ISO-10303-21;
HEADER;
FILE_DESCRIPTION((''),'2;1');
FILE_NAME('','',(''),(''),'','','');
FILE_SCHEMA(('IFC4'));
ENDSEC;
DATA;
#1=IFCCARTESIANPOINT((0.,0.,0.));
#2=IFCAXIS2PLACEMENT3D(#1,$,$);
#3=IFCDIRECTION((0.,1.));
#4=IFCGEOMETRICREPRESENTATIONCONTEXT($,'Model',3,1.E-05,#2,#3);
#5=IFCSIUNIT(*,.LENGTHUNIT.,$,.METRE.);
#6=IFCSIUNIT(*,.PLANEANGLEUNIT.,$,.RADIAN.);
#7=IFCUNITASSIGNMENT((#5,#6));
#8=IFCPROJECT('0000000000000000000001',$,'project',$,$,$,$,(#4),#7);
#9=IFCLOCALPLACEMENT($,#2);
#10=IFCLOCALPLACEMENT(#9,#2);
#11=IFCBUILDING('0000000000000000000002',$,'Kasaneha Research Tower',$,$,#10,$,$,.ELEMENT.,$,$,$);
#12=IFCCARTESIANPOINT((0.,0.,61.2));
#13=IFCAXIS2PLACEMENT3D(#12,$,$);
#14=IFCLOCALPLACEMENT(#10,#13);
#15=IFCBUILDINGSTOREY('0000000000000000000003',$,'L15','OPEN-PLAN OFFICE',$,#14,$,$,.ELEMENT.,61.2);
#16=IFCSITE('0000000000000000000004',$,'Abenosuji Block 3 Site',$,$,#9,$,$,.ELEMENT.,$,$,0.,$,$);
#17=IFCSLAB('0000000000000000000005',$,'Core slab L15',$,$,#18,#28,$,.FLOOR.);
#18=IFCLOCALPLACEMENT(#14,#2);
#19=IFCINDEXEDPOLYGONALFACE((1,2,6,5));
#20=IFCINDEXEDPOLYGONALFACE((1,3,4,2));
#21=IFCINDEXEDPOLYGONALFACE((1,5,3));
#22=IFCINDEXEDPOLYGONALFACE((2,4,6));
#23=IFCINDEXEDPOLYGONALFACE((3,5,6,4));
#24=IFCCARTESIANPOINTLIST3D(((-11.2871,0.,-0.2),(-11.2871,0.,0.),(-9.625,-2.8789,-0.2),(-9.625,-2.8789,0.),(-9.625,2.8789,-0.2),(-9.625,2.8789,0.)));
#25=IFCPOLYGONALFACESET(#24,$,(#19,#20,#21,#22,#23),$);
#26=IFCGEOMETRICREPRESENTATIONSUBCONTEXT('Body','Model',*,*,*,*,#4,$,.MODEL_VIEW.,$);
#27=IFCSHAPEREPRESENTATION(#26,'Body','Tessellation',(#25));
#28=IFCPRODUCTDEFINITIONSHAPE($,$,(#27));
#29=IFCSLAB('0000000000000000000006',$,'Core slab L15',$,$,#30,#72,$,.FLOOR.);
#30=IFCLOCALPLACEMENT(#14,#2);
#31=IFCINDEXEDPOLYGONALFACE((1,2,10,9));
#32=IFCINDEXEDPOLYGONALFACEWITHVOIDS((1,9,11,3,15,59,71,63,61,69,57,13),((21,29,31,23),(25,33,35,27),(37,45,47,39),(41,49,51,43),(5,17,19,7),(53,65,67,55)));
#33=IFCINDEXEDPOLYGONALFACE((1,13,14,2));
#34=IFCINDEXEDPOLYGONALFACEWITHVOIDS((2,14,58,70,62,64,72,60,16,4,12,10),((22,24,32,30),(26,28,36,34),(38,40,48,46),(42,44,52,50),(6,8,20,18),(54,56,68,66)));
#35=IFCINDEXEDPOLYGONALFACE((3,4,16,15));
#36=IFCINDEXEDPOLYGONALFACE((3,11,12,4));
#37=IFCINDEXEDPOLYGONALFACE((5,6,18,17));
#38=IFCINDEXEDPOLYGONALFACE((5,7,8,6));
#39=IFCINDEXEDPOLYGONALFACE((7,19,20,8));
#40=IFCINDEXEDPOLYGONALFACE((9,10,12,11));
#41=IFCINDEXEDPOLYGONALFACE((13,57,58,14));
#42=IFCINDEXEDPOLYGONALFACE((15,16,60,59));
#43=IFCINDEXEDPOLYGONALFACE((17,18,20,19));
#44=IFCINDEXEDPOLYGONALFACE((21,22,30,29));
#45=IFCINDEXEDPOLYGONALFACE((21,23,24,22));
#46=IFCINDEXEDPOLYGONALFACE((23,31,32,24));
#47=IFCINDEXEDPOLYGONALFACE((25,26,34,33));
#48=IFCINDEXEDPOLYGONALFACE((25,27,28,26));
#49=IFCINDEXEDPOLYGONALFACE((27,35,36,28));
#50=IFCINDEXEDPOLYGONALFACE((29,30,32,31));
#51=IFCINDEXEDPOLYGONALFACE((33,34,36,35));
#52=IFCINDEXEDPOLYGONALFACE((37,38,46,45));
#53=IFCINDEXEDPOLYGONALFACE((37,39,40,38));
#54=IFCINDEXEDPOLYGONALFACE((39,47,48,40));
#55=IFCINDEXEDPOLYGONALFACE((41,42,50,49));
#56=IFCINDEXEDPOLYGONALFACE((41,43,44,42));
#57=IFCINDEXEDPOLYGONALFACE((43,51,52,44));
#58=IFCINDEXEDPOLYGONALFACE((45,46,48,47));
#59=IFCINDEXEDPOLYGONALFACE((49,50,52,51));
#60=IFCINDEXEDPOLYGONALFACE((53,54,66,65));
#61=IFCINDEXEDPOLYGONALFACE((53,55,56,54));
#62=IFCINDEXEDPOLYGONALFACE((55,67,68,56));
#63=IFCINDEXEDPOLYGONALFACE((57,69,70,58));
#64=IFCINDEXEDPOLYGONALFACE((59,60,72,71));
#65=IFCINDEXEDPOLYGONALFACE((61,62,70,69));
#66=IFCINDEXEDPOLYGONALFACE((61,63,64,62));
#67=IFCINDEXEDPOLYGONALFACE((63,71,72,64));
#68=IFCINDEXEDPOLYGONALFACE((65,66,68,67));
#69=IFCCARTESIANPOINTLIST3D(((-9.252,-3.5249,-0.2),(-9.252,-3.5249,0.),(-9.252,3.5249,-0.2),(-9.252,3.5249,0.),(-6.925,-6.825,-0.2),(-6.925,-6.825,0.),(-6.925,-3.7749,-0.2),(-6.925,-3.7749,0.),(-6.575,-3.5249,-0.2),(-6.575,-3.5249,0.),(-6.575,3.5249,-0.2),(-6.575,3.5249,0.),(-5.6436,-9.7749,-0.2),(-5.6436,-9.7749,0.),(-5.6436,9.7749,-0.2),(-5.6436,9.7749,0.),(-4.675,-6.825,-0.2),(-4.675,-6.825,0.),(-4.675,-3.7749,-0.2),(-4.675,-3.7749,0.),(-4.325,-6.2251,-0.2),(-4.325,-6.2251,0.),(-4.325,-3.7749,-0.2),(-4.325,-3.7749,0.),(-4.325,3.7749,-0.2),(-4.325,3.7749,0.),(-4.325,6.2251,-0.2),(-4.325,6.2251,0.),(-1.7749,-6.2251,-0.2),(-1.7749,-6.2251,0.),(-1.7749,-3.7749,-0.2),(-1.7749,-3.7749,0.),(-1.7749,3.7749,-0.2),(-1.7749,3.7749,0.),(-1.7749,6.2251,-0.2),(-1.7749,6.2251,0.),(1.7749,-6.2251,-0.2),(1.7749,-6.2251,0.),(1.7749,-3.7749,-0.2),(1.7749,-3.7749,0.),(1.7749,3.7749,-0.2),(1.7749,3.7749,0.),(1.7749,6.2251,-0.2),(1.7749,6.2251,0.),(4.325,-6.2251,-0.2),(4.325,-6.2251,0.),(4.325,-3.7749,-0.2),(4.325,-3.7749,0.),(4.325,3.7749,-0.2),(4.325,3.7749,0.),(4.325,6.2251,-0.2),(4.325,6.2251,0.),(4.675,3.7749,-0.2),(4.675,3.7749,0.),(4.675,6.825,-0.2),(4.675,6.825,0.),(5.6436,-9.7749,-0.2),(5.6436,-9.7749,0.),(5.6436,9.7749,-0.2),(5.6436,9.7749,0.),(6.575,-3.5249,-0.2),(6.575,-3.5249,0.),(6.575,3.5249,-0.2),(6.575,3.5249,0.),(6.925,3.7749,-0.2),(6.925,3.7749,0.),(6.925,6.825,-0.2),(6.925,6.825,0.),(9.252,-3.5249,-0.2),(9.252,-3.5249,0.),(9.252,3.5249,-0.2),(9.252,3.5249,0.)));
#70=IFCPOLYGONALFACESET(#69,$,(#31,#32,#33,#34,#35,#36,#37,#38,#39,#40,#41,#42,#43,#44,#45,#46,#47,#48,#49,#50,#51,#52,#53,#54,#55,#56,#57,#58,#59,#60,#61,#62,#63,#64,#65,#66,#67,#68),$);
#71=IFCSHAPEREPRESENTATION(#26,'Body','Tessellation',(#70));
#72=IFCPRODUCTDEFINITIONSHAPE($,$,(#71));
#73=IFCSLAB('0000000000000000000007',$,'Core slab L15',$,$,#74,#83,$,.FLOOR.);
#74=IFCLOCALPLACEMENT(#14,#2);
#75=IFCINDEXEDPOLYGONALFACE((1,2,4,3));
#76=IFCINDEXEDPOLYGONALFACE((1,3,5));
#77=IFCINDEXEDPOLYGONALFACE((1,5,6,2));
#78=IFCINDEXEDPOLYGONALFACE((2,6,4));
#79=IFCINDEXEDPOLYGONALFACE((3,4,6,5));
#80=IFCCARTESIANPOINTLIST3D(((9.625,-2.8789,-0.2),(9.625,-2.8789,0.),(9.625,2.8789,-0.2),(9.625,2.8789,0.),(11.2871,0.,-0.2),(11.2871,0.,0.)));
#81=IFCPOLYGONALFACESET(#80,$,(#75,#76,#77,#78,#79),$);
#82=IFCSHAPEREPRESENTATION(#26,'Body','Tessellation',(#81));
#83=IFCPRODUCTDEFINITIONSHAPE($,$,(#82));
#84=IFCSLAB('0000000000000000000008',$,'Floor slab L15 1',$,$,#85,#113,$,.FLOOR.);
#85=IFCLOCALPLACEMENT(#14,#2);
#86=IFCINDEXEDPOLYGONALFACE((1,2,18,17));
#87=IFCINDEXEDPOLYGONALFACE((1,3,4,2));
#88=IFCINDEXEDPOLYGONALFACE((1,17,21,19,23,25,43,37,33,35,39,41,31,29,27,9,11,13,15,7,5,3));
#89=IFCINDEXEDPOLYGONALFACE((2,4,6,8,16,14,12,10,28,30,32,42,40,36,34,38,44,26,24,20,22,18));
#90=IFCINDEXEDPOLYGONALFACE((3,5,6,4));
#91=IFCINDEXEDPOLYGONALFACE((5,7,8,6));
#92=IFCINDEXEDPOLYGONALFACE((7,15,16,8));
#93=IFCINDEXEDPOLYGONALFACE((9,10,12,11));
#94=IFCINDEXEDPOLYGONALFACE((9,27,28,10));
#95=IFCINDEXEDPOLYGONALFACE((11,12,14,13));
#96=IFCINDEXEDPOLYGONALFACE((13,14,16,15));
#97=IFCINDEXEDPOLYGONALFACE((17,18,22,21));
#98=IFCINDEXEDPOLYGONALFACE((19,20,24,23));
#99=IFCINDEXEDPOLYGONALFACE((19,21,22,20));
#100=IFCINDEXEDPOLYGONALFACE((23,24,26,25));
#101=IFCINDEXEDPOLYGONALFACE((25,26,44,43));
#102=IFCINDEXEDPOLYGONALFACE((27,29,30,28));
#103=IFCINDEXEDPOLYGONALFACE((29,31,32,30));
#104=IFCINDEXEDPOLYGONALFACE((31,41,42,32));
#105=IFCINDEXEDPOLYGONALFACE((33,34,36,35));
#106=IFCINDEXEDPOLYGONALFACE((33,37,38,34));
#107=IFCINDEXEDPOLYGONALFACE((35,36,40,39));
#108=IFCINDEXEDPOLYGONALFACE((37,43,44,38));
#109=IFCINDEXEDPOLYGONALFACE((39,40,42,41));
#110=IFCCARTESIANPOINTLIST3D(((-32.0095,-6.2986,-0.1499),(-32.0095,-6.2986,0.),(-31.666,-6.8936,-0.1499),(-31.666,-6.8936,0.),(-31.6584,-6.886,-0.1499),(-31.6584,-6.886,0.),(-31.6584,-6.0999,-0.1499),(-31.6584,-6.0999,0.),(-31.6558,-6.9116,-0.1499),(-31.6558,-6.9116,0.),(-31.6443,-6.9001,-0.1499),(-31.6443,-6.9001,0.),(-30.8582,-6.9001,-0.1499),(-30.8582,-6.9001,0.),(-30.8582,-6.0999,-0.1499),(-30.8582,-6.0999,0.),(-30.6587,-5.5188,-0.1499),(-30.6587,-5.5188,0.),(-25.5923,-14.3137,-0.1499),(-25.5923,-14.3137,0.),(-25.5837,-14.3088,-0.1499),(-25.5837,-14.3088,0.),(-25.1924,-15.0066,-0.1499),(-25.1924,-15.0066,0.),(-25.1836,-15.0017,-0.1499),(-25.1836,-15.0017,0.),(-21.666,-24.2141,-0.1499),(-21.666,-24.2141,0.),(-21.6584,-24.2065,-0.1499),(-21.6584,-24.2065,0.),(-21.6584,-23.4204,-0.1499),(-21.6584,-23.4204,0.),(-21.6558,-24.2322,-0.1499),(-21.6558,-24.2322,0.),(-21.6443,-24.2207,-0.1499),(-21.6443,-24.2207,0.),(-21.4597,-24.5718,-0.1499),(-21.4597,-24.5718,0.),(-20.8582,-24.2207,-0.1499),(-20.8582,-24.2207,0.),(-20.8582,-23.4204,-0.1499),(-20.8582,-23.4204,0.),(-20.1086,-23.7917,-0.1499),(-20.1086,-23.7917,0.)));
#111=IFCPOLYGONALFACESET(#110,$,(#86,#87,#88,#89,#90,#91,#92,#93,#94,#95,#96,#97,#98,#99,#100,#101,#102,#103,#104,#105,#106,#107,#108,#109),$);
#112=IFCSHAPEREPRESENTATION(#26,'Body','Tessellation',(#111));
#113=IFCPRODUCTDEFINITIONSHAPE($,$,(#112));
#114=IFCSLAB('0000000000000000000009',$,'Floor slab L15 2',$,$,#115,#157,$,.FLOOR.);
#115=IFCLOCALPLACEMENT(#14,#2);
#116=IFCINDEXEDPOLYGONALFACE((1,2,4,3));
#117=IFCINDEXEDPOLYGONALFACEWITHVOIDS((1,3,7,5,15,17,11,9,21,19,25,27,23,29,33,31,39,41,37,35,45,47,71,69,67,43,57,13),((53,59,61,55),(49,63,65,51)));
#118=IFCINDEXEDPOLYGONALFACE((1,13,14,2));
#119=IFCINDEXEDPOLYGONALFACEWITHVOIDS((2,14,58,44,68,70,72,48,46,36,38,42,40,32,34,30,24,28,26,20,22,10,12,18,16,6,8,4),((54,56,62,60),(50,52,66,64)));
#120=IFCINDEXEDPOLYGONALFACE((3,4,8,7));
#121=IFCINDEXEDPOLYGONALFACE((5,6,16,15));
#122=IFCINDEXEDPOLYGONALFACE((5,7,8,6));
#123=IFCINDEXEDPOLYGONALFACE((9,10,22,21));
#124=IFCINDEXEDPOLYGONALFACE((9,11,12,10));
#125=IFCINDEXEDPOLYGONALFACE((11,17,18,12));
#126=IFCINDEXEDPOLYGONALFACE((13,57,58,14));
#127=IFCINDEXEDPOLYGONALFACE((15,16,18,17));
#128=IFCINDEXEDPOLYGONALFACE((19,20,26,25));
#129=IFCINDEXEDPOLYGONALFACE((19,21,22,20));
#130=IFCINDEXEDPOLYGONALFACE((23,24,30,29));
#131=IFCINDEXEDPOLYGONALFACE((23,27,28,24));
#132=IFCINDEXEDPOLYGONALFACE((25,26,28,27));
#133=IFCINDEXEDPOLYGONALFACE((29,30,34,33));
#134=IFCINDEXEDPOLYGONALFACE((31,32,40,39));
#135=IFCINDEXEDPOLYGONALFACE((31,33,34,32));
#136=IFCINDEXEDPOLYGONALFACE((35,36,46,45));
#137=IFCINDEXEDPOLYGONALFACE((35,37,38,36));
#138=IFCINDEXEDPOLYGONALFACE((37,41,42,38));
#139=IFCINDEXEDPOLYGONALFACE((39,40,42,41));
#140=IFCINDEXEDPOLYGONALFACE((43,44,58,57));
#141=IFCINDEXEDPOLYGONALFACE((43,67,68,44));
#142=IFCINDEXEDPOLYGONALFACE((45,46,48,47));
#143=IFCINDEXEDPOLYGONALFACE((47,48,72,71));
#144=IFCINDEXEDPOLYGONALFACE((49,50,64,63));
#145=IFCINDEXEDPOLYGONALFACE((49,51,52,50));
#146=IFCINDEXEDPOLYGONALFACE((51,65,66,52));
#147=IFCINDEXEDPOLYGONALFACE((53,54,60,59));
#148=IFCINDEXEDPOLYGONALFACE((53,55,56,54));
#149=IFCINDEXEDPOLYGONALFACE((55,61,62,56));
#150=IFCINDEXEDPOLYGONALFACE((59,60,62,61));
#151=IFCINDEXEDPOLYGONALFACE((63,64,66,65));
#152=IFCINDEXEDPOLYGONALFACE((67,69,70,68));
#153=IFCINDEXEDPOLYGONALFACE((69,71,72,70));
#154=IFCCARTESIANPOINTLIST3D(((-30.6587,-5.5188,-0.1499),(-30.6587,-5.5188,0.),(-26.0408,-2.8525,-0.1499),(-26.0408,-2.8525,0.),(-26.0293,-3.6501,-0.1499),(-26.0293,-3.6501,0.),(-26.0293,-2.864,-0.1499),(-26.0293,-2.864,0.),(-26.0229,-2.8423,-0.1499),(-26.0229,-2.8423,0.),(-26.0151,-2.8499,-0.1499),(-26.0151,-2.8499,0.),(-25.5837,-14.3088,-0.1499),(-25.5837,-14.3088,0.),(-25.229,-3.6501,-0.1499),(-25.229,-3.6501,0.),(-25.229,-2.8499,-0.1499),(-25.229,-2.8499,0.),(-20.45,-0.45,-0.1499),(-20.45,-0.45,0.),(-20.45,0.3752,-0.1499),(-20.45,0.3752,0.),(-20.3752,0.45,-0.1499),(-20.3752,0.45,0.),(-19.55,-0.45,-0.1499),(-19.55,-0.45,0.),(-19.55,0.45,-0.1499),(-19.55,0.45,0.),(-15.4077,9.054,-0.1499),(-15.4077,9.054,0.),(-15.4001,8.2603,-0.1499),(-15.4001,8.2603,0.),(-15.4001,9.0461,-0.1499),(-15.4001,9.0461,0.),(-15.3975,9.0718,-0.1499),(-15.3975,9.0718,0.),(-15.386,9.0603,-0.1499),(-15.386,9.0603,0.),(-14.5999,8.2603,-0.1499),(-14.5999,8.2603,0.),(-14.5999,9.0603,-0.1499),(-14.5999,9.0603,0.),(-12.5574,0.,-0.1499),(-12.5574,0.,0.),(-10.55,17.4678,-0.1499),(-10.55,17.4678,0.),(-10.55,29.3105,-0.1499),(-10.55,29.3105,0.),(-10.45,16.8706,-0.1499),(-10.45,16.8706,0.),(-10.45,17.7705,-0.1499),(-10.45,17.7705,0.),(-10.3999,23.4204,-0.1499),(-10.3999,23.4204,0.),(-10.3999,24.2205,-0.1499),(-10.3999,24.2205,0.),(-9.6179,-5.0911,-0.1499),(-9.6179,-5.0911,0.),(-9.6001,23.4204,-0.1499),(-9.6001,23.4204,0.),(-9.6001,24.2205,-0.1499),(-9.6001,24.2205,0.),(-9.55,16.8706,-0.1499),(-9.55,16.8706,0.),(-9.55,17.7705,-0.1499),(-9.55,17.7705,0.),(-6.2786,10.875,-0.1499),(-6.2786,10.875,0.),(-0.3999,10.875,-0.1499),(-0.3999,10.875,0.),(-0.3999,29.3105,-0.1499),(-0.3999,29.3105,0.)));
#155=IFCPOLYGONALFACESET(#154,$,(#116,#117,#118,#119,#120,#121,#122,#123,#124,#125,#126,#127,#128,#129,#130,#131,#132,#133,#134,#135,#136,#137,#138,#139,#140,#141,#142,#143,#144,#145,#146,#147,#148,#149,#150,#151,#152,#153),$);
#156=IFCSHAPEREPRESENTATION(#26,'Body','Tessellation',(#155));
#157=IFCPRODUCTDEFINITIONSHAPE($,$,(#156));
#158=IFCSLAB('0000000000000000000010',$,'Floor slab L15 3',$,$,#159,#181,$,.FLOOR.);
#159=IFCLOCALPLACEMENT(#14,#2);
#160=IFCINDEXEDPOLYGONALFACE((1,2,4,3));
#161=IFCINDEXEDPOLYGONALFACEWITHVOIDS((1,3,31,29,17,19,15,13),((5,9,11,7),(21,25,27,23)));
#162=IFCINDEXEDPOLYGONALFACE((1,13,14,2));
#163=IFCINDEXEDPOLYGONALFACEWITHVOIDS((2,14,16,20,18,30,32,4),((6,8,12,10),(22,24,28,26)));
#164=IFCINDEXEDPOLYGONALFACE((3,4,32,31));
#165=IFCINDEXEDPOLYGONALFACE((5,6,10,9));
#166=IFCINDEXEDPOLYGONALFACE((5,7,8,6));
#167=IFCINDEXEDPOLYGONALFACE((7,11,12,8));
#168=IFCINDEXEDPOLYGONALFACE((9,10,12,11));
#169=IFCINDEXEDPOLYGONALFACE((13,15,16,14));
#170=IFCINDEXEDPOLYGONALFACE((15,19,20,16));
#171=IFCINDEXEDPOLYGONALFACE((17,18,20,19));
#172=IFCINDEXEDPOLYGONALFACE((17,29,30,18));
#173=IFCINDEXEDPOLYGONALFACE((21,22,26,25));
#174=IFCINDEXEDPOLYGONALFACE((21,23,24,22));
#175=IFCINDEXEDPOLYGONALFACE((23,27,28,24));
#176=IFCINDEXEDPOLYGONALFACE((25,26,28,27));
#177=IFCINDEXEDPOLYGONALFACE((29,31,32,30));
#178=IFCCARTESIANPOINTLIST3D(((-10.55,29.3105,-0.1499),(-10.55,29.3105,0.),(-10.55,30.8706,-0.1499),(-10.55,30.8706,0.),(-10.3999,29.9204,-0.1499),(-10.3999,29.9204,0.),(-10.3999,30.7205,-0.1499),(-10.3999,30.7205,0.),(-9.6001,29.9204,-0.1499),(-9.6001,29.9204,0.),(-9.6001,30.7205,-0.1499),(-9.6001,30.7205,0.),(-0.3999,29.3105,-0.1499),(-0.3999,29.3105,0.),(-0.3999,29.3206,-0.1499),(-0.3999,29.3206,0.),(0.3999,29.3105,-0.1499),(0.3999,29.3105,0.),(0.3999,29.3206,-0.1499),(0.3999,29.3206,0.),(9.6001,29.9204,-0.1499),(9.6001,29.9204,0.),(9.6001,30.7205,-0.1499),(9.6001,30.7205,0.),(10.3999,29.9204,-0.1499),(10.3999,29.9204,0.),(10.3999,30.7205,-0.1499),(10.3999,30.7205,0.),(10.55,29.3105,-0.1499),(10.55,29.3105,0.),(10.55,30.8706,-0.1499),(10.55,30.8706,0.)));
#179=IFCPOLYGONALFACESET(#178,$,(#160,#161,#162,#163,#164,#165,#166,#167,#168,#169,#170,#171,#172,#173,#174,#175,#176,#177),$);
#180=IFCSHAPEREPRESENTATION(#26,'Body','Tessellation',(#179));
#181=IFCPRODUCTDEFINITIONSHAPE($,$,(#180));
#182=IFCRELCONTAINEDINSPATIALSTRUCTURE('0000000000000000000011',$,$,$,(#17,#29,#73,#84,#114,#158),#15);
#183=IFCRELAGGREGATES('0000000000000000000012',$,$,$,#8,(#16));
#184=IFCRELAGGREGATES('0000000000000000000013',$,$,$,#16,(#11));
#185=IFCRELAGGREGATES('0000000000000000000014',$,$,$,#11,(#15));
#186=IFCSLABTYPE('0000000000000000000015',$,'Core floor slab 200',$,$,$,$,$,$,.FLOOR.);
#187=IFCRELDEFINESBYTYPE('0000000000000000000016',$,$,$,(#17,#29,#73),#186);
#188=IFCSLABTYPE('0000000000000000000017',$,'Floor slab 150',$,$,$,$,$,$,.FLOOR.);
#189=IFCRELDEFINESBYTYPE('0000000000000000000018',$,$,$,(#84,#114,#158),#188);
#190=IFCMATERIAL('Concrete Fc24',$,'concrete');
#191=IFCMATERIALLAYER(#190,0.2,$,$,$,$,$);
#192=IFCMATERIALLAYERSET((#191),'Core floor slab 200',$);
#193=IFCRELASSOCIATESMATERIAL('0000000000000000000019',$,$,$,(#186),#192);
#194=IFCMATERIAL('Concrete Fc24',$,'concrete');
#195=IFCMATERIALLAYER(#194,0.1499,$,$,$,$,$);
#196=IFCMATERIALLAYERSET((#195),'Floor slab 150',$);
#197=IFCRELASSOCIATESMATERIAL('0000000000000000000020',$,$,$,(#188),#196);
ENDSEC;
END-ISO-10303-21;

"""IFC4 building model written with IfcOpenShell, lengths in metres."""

from ifc_helpers import new_model, si_unit, direction, frame, origin, place, context, subcontext, project, spatial, polyline, outline, extrude, material, layer, layer_set, type_object, element, save


model = new_model("IFC4")

# Units and contexts
model_context = context("Model", 3, precision=1e-05, world=origin(), true_north=direction((0.0, 1.0)))
body_context = subcontext(model_context, "Body", "Model", "MODEL_VIEW")
ifc_project = project(units=[si_unit("LENGTHUNIT", "METRE"), si_unit("PLANEANGLEUNIT", "RADIAN")], contexts=[model_context])

# Site, building, storey
site_placement = place(None, origin())
site = spatial("IfcSite", under=ifc_project, at=site_placement, Name="Abenosuji Block 3 Site", CompositionType="ELEMENT", RefElevation=0.0)
building_placement = place(site_placement, origin())
building = spatial("IfcBuilding", under=site, at=building_placement, Name="Kasaneha Research Tower", CompositionType="ELEMENT")
storey_placement = place(building_placement, frame((0.0, 0.0, 61.2)))
storey = spatial("IfcBuildingStorey", under=building, at=storey_placement, Name="L15", Description="OPEN-PLAN OFFICE", CompositionType="ELEMENT", Elevation=61.2)

# Slabs
ifc_material_1 = material(Name="Concrete Fc24", Category="concrete")
ifc_layer_1 = layer(ifc_material_1, 0.2)
ifc_layer_set_1 = layer_set([ifc_layer_1], Name="Core floor slab 200")
slab_type_1 = type_object("IfcSlabType", Name="Core floor slab 200", PredefinedType="FLOOR", material=ifc_layer_set_1)
slab_1_placement = place(storey_placement, frame((0.0, 0.0, -0.2)))
element("IfcSlab", 1, at=slab_1_placement, inside=storey, type_object=slab_type_1, Name="Core slab L15", PredefinedType="FLOOR", context=body_context, shape_type="SweptSolid", body=[
    extrude(outline(polyline([(-11.2871, 0.0), (-9.625, 2.8789), (-9.625, -2.8789), (-11.2871, 0.0)])), origin(), (0.0, 0.0, 1.0), 0.2),
])
slab_2_placement = place(storey_placement, frame((0.0, 0.0, -0.2)))
element("IfcSlab", 2, at=slab_2_placement, inside=storey, type_object=slab_type_1, Name="Core slab L15", PredefinedType="FLOOR", context=body_context, shape_type="SweptSolid", body=[
    extrude(outline(polyline([(-5.6436, 9.7749), (5.6436, 9.7749), (9.252, 3.5249), (6.575, 3.5249), (6.575, -3.5249), (9.252, -3.5249), (5.6436, -9.7749), (-5.6436, -9.7749), (-9.252, -3.5249), (-6.575, -3.5249), (-6.575, 3.5249), (-9.252, 3.5249), (-5.6436, 9.7749)]), holes=[polyline([(-6.925, -3.7749), (-6.925, -6.825), (-4.675, -6.825), (-4.675, -3.7749), (-6.925, -3.7749)]), polyline([(-4.325, -3.7749), (-4.325, -6.2251), (-1.7749, -6.2251), (-1.7749, -3.7749), (-4.325, -3.7749)]), polyline([(1.7749, -3.7749), (1.7749, -6.2251), (4.325, -6.2251), (4.325, -3.7749), (1.7749, -3.7749)]), polyline([(-4.325, 6.2251), (-4.325, 3.7749), (-1.7749, 3.7749), (-1.7749, 6.2251), (-4.325, 6.2251)]), polyline([(1.7749, 6.2251), (1.7749, 3.7749), (4.325, 3.7749), (4.325, 6.2251), (1.7749, 6.2251)]), polyline([(4.675, 6.825), (4.675, 3.7749), (6.925, 3.7749), (6.925, 6.825), (4.675, 6.825)])]), origin(), (0.0, 0.0, 1.0), 0.2),
])
slab_3_placement = place(storey_placement, frame((0.0, 0.0, -0.2)))
element("IfcSlab", 3, at=slab_3_placement, inside=storey, type_object=slab_type_1, Name="Core slab L15", PredefinedType="FLOOR", context=body_context, shape_type="SweptSolid", body=[
    extrude(outline(polyline([(11.2871, 0.0), (9.625, -2.8789), (9.625, 2.8789), (11.2871, 0.0)])), origin(), (0.0, 0.0, 1.0), 0.2),
])
ifc_material_2 = material(Name="Concrete Fc24", Category="concrete")
ifc_layer_2 = layer(ifc_material_2, 0.1499)
ifc_layer_set_2 = layer_set([ifc_layer_2], Name="Floor slab 150")
slab_type_2 = type_object("IfcSlabType", Name="Floor slab 150", PredefinedType="FLOOR", material=ifc_layer_set_2)
slab_4_placement = place(storey_placement, frame((0.0, 0.0, -0.1499)))
element("IfcSlab", 4, at=slab_4_placement, inside=storey, type_object=slab_type_2, Name="Floor slab L15 1", PredefinedType="FLOOR", context=body_context, shape_type="SweptSolid", body=[
    extrude(outline(polyline([(-25.1924, -15.0066), (-25.1836, -15.0017), (-20.1086, -23.7917), (-21.4597, -24.5718), (-21.6558, -24.2322), (-21.6443, -24.2207), (-20.8582, -24.2207), (-20.8582, -23.4204), (-21.6584, -23.4204), (-21.6584, -24.2065), (-21.666, -24.2141), (-31.6558, -6.9116), (-31.6443, -6.9001), (-30.8582, -6.9001), (-30.8582, -6.0999), (-31.6584, -6.0999), (-31.6584, -6.886), (-31.666, -6.8936), (-32.0095, -6.2986), (-30.6587, -5.5188), (-25.5837, -14.3088), (-25.5923, -14.3137), (-25.1924, -15.0066)])), origin(), (0.0, 0.0, 1.0), 0.1499),
])
slab_5_placement = place(storey_placement, frame((0.0, 0.0, -0.1499)))
element("IfcSlab", 5, at=slab_5_placement, inside=storey, type_object=slab_type_2, Name="Floor slab L15 2", PredefinedType="FLOOR", context=body_context, shape_type="SweptSolid", body=[
    extrude(outline(polyline([(-20.3752, 0.45), (-15.4077, 9.054), (-15.4001, 9.0461), (-15.4001, 8.2603), (-14.5999, 8.2603), (-14.5999, 9.0603), (-15.386, 9.0603), (-15.3975, 9.0718), (-10.55, 17.4678), (-10.55, 29.3105), (-0.3999, 29.3105), (-0.3999, 10.875), (-6.2786, 10.875), (-12.5574, 0.0), (-9.6179, -5.0911), (-25.5837, -14.3088), (-30.6587, -5.5188), (-26.0408, -2.8525), (-26.0293, -2.864), (-26.0293, -3.6501), (-25.229, -3.6501), (-25.229, -2.8499), (-26.0151, -2.8499), (-26.0229, -2.8423), (-20.45, 0.3752), (-20.45, -0.45), (-19.55, -0.45), (-19.55, 0.45), (-20.3752, 0.45)]), holes=[polyline([(-9.55, 17.7705), (-10.45, 17.7705), (-10.45, 16.8706), (-9.55, 16.8706), (-9.55, 17.7705)]), polyline([(-9.6001, 23.4204), (-9.6001, 24.2205), (-10.3999, 24.2205), (-10.3999, 23.4204), (-9.6001, 23.4204)])]), origin(), (0.0, 0.0, 1.0), 0.1499),
])
slab_6_placement = place(storey_placement, frame((0.0, 0.0, -0.1499)))
element("IfcSlab", 6, at=slab_6_placement, inside=storey, type_object=slab_type_2, Name="Floor slab L15 3", PredefinedType="FLOOR", context=body_context, shape_type="SweptSolid", body=[
    extrude(outline(polyline([(10.55, 29.3105), (0.3999, 29.3105), (0.3999, 29.3206), (-0.3999, 29.3206), (-0.3999, 29.3105), (-10.55, 29.3105), (-10.55, 30.8706), (10.55, 30.8706), (10.55, 29.3105)]), holes=[polyline([(-9.6001, 30.7205), (-10.3999, 30.7205), (-10.3999, 29.9204), (-9.6001, 29.9204), (-9.6001, 30.7205)]), polyline([(10.3999, 29.9204), (10.3999, 30.7205), (9.6001, 30.7205), (9.6001, 29.9204), (10.3999, 29.9204)])]), origin(), (0.0, 0.0, 1.0), 0.1499),
])

save(model, "model.ifc")
